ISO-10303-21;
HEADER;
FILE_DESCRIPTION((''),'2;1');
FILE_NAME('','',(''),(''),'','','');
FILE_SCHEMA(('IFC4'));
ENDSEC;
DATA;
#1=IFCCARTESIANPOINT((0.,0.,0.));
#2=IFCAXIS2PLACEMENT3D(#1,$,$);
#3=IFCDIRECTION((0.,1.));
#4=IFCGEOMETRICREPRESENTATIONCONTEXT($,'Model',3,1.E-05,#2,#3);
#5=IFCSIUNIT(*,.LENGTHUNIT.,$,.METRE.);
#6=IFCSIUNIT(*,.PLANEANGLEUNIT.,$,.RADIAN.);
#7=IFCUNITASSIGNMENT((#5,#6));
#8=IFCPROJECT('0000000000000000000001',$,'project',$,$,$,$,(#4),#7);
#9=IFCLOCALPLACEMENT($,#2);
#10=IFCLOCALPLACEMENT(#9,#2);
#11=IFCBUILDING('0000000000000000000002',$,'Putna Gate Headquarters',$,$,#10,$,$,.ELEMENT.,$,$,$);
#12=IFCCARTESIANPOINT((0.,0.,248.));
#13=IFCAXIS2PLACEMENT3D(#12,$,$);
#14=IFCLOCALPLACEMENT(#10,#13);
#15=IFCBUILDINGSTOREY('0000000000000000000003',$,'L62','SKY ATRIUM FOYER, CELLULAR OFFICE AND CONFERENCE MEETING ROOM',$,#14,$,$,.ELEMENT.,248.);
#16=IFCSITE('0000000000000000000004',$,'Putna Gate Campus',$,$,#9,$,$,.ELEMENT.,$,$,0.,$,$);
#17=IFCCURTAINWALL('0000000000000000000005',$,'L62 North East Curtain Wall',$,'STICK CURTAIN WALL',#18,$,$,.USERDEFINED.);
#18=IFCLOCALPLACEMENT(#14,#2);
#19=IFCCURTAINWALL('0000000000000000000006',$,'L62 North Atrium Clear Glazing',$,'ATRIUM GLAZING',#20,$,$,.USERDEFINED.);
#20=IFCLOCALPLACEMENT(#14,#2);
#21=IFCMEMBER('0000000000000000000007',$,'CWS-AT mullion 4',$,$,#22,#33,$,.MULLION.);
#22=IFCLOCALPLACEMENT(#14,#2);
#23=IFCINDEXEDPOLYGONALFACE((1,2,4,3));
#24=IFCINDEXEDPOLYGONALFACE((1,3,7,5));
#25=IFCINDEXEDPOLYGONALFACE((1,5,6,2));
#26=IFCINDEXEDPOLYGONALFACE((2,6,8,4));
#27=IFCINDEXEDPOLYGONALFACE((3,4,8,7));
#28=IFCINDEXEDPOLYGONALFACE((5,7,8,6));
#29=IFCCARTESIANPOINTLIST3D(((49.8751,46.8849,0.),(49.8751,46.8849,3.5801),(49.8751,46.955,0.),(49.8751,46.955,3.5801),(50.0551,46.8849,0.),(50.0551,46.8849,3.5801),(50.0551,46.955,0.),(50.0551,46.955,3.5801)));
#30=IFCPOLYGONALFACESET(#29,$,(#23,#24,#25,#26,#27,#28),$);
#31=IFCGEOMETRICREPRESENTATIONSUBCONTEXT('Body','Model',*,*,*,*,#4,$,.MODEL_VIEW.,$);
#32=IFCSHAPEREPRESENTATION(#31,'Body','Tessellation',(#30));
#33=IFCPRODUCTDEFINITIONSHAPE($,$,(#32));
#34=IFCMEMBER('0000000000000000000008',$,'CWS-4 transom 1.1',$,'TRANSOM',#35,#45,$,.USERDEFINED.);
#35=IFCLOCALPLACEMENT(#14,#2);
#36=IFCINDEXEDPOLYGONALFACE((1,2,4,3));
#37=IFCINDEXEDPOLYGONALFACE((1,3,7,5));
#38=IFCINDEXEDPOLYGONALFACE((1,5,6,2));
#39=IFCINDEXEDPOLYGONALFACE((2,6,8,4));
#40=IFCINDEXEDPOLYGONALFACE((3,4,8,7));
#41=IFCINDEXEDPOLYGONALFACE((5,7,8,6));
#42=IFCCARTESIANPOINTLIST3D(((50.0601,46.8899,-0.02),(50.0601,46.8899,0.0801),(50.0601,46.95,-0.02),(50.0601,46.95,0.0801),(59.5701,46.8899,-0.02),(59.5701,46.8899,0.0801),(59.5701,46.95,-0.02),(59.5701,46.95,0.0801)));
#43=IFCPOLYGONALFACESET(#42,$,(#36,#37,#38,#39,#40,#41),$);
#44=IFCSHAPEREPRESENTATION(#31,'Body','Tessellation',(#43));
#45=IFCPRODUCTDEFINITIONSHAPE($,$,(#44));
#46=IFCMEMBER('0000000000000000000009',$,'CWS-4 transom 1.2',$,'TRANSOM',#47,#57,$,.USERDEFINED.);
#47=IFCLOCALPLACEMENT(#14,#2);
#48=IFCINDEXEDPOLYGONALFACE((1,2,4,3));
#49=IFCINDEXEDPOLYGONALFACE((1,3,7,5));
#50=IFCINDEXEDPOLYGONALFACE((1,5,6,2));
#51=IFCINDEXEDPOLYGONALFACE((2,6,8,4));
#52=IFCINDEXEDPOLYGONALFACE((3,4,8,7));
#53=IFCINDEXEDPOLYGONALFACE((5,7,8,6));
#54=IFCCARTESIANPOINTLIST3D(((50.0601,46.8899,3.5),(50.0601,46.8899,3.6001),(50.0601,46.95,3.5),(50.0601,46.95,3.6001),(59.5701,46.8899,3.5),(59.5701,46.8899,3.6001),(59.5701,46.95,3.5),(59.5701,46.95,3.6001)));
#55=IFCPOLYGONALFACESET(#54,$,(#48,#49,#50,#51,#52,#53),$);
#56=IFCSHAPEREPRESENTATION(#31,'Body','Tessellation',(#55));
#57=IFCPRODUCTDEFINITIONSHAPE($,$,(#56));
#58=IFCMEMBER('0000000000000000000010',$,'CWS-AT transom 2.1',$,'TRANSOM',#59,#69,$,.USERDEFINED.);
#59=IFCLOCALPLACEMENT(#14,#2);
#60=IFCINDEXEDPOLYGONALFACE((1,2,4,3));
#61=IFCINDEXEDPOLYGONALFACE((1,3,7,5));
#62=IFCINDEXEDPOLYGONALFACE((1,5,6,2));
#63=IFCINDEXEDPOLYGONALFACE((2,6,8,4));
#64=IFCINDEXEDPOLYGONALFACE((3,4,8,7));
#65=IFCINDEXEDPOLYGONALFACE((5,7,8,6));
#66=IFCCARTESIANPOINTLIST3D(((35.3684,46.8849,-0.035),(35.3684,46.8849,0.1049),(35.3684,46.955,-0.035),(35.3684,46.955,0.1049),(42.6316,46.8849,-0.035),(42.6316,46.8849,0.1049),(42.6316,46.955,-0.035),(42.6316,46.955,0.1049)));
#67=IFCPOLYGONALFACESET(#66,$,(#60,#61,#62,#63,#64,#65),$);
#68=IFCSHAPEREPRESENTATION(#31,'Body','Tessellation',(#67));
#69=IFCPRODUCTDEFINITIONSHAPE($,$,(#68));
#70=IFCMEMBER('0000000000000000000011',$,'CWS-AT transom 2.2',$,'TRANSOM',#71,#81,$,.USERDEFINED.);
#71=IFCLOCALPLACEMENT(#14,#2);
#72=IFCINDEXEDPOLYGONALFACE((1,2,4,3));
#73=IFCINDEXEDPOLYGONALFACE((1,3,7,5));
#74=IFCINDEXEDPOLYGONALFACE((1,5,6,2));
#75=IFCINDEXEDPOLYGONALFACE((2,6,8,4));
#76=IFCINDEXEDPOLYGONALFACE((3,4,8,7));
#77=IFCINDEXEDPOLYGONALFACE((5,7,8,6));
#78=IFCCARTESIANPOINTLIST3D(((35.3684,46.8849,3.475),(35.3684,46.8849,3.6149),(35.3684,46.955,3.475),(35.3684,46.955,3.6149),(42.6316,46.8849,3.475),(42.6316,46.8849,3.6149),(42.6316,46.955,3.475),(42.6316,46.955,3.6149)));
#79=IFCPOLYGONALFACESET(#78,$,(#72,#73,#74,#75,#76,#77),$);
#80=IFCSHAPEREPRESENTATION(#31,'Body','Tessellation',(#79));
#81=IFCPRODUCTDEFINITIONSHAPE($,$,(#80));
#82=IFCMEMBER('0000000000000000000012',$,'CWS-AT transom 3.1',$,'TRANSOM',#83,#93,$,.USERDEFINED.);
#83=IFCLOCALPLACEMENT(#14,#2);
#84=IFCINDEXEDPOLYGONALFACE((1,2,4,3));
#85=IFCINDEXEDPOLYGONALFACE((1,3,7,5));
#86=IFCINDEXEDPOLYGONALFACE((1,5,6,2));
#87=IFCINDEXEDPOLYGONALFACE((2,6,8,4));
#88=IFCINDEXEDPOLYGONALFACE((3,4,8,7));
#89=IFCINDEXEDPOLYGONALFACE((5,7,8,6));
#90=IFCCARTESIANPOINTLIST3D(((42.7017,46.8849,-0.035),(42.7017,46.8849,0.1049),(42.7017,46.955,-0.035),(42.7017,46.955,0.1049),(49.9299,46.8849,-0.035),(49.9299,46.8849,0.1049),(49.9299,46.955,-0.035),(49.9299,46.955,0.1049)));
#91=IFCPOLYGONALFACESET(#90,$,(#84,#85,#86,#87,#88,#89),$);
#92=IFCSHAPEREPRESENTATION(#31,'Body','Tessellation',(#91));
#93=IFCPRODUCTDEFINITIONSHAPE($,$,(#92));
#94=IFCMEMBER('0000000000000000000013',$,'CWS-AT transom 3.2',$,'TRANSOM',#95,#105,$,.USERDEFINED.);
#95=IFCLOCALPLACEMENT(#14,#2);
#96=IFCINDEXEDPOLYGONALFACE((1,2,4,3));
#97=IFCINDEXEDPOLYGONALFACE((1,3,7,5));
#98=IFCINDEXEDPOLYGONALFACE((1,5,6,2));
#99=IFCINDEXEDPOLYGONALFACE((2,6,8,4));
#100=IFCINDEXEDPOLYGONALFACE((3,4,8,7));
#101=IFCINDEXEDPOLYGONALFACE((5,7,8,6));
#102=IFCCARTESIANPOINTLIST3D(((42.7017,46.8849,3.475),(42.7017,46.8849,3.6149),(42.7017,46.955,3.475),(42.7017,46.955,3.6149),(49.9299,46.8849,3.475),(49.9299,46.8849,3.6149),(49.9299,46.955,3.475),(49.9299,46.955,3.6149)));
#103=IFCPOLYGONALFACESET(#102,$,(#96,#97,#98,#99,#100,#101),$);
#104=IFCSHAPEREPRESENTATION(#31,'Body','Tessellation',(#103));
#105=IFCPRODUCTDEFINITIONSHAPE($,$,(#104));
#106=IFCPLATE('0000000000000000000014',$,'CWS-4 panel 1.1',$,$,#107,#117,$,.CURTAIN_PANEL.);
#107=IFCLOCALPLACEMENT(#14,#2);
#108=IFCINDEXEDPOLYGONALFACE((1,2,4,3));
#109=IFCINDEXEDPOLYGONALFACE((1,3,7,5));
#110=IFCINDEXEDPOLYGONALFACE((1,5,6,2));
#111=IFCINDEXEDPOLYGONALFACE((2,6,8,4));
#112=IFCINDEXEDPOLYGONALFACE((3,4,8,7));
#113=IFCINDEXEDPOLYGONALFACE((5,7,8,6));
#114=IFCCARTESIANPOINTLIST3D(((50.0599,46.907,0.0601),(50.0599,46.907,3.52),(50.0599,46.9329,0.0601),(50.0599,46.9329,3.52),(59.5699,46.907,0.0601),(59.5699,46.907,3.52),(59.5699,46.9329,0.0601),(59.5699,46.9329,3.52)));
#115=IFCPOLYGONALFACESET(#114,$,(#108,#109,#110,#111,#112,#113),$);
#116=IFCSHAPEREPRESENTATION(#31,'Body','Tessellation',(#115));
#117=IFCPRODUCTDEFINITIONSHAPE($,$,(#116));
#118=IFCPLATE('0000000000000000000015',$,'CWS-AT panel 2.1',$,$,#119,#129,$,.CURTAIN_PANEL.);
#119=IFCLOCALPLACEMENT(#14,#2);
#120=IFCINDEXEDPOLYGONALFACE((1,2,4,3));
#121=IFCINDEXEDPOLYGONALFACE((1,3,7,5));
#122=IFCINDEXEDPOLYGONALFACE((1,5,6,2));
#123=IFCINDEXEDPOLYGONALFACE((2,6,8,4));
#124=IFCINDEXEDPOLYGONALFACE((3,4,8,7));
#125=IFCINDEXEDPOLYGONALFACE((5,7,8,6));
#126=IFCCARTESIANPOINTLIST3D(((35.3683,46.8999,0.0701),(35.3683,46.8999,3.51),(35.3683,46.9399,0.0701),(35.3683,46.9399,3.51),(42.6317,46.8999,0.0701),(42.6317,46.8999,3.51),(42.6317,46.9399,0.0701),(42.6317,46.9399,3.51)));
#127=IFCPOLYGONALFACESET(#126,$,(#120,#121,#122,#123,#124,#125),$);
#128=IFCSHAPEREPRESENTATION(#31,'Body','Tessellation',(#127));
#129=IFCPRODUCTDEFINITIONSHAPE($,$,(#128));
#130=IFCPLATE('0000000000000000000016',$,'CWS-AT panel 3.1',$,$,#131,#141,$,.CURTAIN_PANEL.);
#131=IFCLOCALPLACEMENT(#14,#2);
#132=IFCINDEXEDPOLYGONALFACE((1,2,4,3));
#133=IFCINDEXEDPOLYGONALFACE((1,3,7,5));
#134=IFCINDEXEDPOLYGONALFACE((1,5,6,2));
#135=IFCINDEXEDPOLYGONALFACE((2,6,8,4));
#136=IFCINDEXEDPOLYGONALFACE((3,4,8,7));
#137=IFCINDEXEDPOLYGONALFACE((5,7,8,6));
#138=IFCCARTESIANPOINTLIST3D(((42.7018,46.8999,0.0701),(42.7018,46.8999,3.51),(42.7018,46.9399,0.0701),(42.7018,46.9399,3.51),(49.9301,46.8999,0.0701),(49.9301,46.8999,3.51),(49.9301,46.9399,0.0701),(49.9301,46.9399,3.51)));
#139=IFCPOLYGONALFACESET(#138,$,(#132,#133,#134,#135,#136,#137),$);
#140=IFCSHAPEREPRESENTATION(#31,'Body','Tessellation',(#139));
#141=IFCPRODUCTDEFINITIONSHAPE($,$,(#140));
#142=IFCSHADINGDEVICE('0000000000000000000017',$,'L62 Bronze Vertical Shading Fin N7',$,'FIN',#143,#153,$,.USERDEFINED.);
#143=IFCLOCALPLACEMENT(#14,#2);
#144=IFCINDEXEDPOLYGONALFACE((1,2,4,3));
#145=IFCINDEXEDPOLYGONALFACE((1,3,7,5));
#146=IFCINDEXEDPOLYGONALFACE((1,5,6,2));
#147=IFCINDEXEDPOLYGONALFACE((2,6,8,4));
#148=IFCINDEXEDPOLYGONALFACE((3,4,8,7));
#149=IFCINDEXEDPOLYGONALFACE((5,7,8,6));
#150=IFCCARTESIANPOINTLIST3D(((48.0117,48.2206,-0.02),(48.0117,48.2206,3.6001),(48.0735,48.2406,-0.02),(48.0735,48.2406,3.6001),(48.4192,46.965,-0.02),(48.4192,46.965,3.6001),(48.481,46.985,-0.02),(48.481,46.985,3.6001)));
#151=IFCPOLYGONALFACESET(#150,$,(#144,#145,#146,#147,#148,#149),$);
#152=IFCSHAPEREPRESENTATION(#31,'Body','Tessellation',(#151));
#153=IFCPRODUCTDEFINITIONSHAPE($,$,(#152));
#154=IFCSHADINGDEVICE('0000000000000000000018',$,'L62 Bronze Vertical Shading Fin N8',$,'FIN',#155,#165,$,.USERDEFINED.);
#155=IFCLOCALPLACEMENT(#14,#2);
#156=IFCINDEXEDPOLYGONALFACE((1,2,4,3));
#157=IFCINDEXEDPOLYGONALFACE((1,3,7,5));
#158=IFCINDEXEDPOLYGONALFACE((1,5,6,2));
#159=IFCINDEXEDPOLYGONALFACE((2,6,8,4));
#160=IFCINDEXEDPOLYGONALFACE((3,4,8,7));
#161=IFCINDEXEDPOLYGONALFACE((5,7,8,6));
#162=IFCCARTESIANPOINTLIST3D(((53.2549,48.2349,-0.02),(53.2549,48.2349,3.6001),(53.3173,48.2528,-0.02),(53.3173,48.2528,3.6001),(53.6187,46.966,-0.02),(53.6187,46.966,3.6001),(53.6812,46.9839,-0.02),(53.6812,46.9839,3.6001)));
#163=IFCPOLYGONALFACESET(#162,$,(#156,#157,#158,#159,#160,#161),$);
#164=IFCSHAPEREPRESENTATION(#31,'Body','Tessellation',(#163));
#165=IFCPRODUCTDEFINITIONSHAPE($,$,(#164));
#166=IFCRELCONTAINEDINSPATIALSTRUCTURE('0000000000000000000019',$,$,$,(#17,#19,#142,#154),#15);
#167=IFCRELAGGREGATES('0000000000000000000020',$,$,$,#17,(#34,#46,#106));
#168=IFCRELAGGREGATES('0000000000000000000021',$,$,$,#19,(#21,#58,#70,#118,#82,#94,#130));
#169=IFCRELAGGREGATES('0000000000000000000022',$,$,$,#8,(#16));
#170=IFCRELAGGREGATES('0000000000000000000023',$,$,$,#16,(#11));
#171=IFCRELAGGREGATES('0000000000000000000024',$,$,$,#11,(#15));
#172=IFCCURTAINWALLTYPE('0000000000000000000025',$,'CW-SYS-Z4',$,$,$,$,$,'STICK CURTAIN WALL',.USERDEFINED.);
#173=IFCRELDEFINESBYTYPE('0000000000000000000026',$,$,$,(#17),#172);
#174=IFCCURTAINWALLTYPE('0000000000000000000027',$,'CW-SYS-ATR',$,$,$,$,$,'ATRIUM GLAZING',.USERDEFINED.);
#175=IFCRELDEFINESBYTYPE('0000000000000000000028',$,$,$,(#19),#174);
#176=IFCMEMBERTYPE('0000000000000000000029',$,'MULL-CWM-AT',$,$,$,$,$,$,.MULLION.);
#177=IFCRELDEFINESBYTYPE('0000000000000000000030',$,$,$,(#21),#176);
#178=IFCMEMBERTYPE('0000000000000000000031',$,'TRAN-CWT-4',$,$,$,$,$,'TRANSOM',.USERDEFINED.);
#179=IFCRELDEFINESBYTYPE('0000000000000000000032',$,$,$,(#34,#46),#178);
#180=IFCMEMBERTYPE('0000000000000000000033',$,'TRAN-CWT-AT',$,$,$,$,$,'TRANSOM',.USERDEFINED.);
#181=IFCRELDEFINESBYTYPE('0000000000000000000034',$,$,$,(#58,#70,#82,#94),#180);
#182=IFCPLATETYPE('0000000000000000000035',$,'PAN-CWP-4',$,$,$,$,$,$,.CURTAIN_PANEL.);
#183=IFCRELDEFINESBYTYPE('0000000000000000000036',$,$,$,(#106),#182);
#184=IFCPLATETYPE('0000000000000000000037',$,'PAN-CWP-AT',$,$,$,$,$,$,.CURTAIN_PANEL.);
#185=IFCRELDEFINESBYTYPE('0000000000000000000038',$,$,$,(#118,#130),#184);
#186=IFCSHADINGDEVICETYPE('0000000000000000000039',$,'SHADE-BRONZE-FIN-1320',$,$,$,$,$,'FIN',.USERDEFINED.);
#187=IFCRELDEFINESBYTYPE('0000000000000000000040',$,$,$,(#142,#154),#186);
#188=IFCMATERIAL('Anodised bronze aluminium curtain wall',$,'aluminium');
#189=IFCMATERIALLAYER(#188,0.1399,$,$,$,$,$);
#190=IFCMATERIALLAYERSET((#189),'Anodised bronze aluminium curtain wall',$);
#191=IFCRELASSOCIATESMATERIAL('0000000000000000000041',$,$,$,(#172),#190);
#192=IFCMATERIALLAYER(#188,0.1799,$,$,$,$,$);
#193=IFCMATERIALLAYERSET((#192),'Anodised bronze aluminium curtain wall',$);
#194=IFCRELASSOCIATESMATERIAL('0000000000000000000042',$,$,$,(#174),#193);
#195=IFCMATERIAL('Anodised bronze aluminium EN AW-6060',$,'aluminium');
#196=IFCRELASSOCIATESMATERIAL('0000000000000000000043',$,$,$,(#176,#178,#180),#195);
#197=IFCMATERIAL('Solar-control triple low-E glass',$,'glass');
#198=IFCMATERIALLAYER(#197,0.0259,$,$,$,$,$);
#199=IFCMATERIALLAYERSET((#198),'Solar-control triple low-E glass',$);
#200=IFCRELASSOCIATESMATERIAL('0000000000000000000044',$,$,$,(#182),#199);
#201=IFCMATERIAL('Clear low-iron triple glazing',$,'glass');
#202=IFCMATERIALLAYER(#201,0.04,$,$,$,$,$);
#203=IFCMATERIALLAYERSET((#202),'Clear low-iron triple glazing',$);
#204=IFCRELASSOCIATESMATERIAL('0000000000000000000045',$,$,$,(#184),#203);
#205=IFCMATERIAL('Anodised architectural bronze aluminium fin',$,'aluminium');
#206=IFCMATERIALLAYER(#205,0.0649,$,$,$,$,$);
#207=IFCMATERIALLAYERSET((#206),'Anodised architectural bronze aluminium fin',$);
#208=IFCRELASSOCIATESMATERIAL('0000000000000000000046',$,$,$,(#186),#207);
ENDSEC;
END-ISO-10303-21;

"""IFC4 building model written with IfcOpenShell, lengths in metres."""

from ifc_helpers import new_model, si_unit, direction, frame, origin, origin_2d, place, context, subcontext, project, spatial, rectangle, extrude, material, layer, layer_set, material_profile, profile_set, type_object, element, aggregate, save


model = new_model("IFC4")

# Units and contexts
model_context = context("Model", 3, precision=1e-05, world=origin(), true_north=direction((0.0, 1.0)))
body_context = subcontext(model_context, "Body", "Model", "MODEL_VIEW")
ifc_project = project(units=[si_unit("LENGTHUNIT", "METRE"), si_unit("PLANEANGLEUNIT", "RADIAN")], contexts=[model_context])

# Site, building, storey
site_placement = place(None, origin())
site = spatial("IfcSite", under=ifc_project, at=site_placement, Name="Putna Gate Campus", CompositionType="ELEMENT", RefElevation=0.0)
building_placement = place(site_placement, origin())
building = spatial("IfcBuilding", under=site, at=building_placement, Name="Putna Gate Headquarters", CompositionType="ELEMENT")
storey_placement = place(building_placement, frame((0.0, 0.0, 248.0)))
storey = spatial("IfcBuildingStorey", under=building, at=storey_placement, Name="L62", Description="SKY ATRIUM FOYER, CELLULAR OFFICE AND CONFERENCE MEETING ROOM", CompositionType="ELEMENT", Elevation=248.0)

# Curtain wall
ifc_material_1 = material(Name="Anodised bronze aluminium curtain wall", Category="aluminium")
ifc_layer_1 = layer(ifc_material_1, 0.1399)
ifc_layer_set_1 = layer_set([ifc_layer_1], Name="Anodised bronze aluminium curtain wall")
curtain_wall_type_1 = type_object("IfcCurtainWallType", Name="CW-SYS-Z4", ElementType="STICK CURTAIN WALL", PredefinedType="USERDEFINED", material=ifc_layer_set_1)
curtain_wall_1_placement = place(storey_placement, origin())
curtain_wall_1 = element("IfcCurtainWall", 1, at=curtain_wall_1_placement, inside=storey, type_object=curtain_wall_type_1, Name="L62 North East Curtain Wall", ObjectType="STICK CURTAIN WALL", PredefinedType="USERDEFINED")
ifc_material_2 = material(Name="Anodised bronze aluminium EN AW-6060", Category="aluminium")

# Curtain wall, member
ifc_layer_2 = layer(ifc_material_1, 0.1799)
ifc_layer_set_2 = layer_set([ifc_layer_2], Name="Anodised bronze aluminium curtain wall")
curtain_wall_type_2 = type_object("IfcCurtainWallType", Name="CW-SYS-ATR", ElementType="ATRIUM GLAZING", PredefinedType="USERDEFINED", material=ifc_layer_set_2)
curtain_wall_2_placement = place(storey_placement, origin())
curtain_wall_2 = element("IfcCurtainWall", 2, at=curtain_wall_2_placement, inside=storey, type_object=curtain_wall_type_2, Name="L62 North Atrium Clear Glazing", ObjectType="ATRIUM GLAZING", PredefinedType="USERDEFINED")
ifc_material_profile_1 = material_profile(ifc_material_2, rectangle(XDim=0.0701, YDim=0.1799, at=origin_2d()), Name="Anodised bronze aluminium EN AW-6060")
ifc_profile_set_1 = profile_set([ifc_material_profile_1], Name="Anodised bronze aluminium EN AW-6060")
member_type_1 = type_object("IfcMemberType", Name="MULL-CWM-AT", PredefinedType="MULLION", material=ifc_profile_set_1)
member_1_placement = place(storey_placement, frame((49.9651, 46.9199, 0.0), z_axis=(0.0, 0.0, 1.0), x_axis=(0.0, 1.0, 0.0)))
member_1 = element("IfcMember", 3, at=member_1_placement, type_object=member_type_1, Name="CWS-AT mullion 4", PredefinedType="MULLION", context=body_context, shape_type="SweptSolid", body=[
    extrude(rectangle(XDim=0.0701, YDim=0.1799, at=origin_2d()), origin(), (0.0, 0.0, 1.0), 3.5801),
])

# Members
ifc_material_profile_2 = material_profile(ifc_material_2, rectangle(XDim=0.0601, YDim=0.1001, at=origin_2d()), Name="Anodised bronze aluminium EN AW-6060")
ifc_profile_set_2 = profile_set([ifc_material_profile_2], Name="Anodised bronze aluminium EN AW-6060")
member_type_2 = type_object("IfcMemberType", Name="TRAN-CWT-4", ElementType="TRANSOM", PredefinedType="USERDEFINED", material=ifc_profile_set_2)
member_2_placement = place(storey_placement, frame((50.0601, 46.9199, 0.03), z_axis=(1.0, 0.0, 0.0), x_axis=(0.0, 1.0, 0.0)))
member_2 = element("IfcMember", 4, at=member_2_placement, type_object=member_type_2, Name="CWS-4 transom 1.1", ObjectType="TRANSOM", PredefinedType="USERDEFINED", context=body_context, shape_type="SweptSolid", body=[
    extrude(rectangle(XDim=0.0601, YDim=0.1001, at=origin_2d()), origin(), (0.0, 0.0, 1.0), 9.51),
])
member_3_placement = place(storey_placement, frame((50.0601, 46.9199, 3.55), z_axis=(1.0, 0.0, 0.0), x_axis=(0.0, 1.0, 0.0)))
member_3 = element("IfcMember", 5, at=member_3_placement, type_object=member_type_2, Name="CWS-4 transom 1.2", ObjectType="TRANSOM", PredefinedType="USERDEFINED", context=body_context, shape_type="SweptSolid", body=[
    extrude(rectangle(XDim=0.0601, YDim=0.1001, at=origin_2d()), origin(), (0.0, 0.0, 1.0), 9.51),
])
ifc_material_profile_3 = material_profile(ifc_material_2, rectangle(XDim=0.0701, YDim=0.1399, at=origin_2d()), Name="Anodised bronze aluminium EN AW-6060")
ifc_profile_set_3 = profile_set([ifc_material_profile_3], Name="Anodised bronze aluminium EN AW-6060")
member_type_3 = type_object("IfcMemberType", Name="TRAN-CWT-AT", ElementType="TRANSOM", PredefinedType="USERDEFINED", material=ifc_profile_set_3)
member_4_placement = place(storey_placement, frame((35.3684, 46.9199, 0.0349), z_axis=(1.0, 0.0, 0.0), x_axis=(0.0, 1.0, 0.0)))
member_4 = element("IfcMember", 6, at=member_4_placement, type_object=member_type_3, Name="CWS-AT transom 2.1", ObjectType="TRANSOM", PredefinedType="USERDEFINED", context=body_context, shape_type="SweptSolid", body=[
    extrude(rectangle(XDim=0.0701, YDim=0.1399, at=origin_2d()), origin(), (0.0, 0.0, 1.0), 7.2632),
])
member_5_placement = place(storey_placement, frame((35.3684, 46.9199, 3.5449), z_axis=(1.0, 0.0, 0.0), x_axis=(0.0, 1.0, 0.0)))
member_5 = element("IfcMember", 7, at=member_5_placement, type_object=member_type_3, Name="CWS-AT transom 2.2", ObjectType="TRANSOM", PredefinedType="USERDEFINED", context=body_context, shape_type="SweptSolid", body=[
    extrude(rectangle(XDim=0.0701, YDim=0.1399, at=origin_2d()), origin(), (0.0, 0.0, 1.0), 7.2632),
])
member_6_placement = place(storey_placement, frame((42.7017, 46.9199, 0.0349), z_axis=(1.0, 0.0, 0.0), x_axis=(0.0, 1.0, 0.0)))
member_6 = element("IfcMember", 8, at=member_6_placement, type_object=member_type_3, Name="CWS-AT transom 3.1", ObjectType="TRANSOM", PredefinedType="USERDEFINED", context=body_context, shape_type="SweptSolid", body=[
    extrude(rectangle(XDim=0.0701, YDim=0.1399, at=origin_2d()), origin(), (0.0, 0.0, 1.0), 7.2283),
])
member_7_placement = place(storey_placement, frame((42.7017, 46.9199, 3.5449), z_axis=(1.0, 0.0, 0.0), x_axis=(0.0, 1.0, 0.0)))
member_7 = element("IfcMember", 9, at=member_7_placement, type_object=member_type_3, Name="CWS-AT transom 3.2", ObjectType="TRANSOM", PredefinedType="USERDEFINED", context=body_context, shape_type="SweptSolid", body=[
    extrude(rectangle(XDim=0.0701, YDim=0.1399, at=origin_2d()), origin(), (0.0, 0.0, 1.0), 7.2283),
])

# Plates
ifc_material_3 = material(Name="Solar-control triple low-E glass", Category="glass")
ifc_layer_3 = layer(ifc_material_3, 0.0259)
ifc_layer_set_3 = layer_set([ifc_layer_3], Name="Solar-control triple low-E glass")
plate_type_1 = type_object("IfcPlateType", Name="PAN-CWP-4", PredefinedType="CURTAIN_PANEL", material=ifc_layer_set_3)
plate_1_placement = place(storey_placement, frame((54.8149, 46.9199, 0.0601), z_axis=(0.0, 0.0, 1.0), x_axis=(1.0, 0.0, 0.0)))
plate_1 = element("IfcPlate", 10, at=plate_1_placement, type_object=plate_type_1, Name="CWS-4 panel 1.1", PredefinedType="CURTAIN_PANEL", context=body_context, shape_type="SweptSolid", body=[
    extrude(rectangle(XDim=9.51, YDim=0.0259, at=origin_2d()), origin(), (0.0, 0.0, 1.0), 3.46),
])
aggregate(curtain_wall_1, [member_2, member_3, plate_1])
ifc_material_4 = material(Name="Clear low-iron triple glazing", Category="glass")
ifc_layer_4 = layer(ifc_material_4, 0.04)
ifc_layer_set_4 = layer_set([ifc_layer_4], Name="Clear low-iron triple glazing")
plate_type_2 = type_object("IfcPlateType", Name="PAN-CWP-AT", PredefinedType="CURTAIN_PANEL", material=ifc_layer_set_4)
plate_2_placement = place(storey_placement, frame((39.0, 46.9199, 0.0701), z_axis=(0.0, 0.0, 1.0), x_axis=(1.0, 0.0, 0.0)))
plate_2 = element("IfcPlate", 11, at=plate_2_placement, type_object=plate_type_2, Name="CWS-AT panel 2.1", PredefinedType="CURTAIN_PANEL", context=body_context, shape_type="SweptSolid", body=[
    extrude(rectangle(XDim=7.2634, YDim=0.04, at=origin_2d()), origin(), (0.0, 0.0, 1.0), 3.4399),
])
plate_3_placement = place(storey_placement, frame((46.3159, 46.9199, 0.0701), z_axis=(0.0, 0.0, 1.0), x_axis=(1.0, 0.0, 0.0)))
plate_3 = element("IfcPlate", 12, at=plate_3_placement, type_object=plate_type_2, Name="CWS-AT panel 3.1", PredefinedType="CURTAIN_PANEL", context=body_context, shape_type="SweptSolid", body=[
    extrude(rectangle(XDim=7.2283, YDim=0.04, at=origin_2d()), origin(), (0.0, 0.0, 1.0), 3.4399),
])
aggregate(curtain_wall_2, [member_1, member_4, member_5, plate_2, member_6, member_7, plate_3])

# Shading devices
ifc_material_5 = material(Name="Anodised architectural bronze aluminium fin", Category="aluminium")
ifc_layer_5 = layer(ifc_material_5, 0.0649)
ifc_layer_set_5 = layer_set([ifc_layer_5], Name="Anodised architectural bronze aluminium fin")
shading_device_type = type_object("IfcShadingDeviceType", Name="SHADE-BRONZE-FIN-1320", ElementType="FIN", PredefinedType="USERDEFINED", material=ifc_layer_set_5)
for number, where, z_axis, x_axis, name in (
    (13, (48.2463, 47.6028, -0.02), (0.0, 0.0, 1.0), (-0.308685, 0.951164, 0.0), "L62 Bronze Vertical Shading Fin N7"),
    (14, (53.468, 47.6094, -0.02), (0.0, 0.0, 1.0), (-0.275637, 0.961262, 0.0), "L62 Bronze Vertical Shading Fin N8"),
):
    element("IfcShadingDevice", number, at=place(storey_placement, frame(where, z_axis=z_axis, x_axis=x_axis)), inside=storey, type_object=shading_device_type, Name=name, ObjectType="FIN", PredefinedType="USERDEFINED", context=body_context, shape_type="SweptSolid", body=[
        extrude(rectangle(XDim=1.3201, YDim=0.0649, at=origin_2d()), origin(), (0.0, 0.0, 1.0), 3.6201),
    ])

save(model, "model.ifc")
